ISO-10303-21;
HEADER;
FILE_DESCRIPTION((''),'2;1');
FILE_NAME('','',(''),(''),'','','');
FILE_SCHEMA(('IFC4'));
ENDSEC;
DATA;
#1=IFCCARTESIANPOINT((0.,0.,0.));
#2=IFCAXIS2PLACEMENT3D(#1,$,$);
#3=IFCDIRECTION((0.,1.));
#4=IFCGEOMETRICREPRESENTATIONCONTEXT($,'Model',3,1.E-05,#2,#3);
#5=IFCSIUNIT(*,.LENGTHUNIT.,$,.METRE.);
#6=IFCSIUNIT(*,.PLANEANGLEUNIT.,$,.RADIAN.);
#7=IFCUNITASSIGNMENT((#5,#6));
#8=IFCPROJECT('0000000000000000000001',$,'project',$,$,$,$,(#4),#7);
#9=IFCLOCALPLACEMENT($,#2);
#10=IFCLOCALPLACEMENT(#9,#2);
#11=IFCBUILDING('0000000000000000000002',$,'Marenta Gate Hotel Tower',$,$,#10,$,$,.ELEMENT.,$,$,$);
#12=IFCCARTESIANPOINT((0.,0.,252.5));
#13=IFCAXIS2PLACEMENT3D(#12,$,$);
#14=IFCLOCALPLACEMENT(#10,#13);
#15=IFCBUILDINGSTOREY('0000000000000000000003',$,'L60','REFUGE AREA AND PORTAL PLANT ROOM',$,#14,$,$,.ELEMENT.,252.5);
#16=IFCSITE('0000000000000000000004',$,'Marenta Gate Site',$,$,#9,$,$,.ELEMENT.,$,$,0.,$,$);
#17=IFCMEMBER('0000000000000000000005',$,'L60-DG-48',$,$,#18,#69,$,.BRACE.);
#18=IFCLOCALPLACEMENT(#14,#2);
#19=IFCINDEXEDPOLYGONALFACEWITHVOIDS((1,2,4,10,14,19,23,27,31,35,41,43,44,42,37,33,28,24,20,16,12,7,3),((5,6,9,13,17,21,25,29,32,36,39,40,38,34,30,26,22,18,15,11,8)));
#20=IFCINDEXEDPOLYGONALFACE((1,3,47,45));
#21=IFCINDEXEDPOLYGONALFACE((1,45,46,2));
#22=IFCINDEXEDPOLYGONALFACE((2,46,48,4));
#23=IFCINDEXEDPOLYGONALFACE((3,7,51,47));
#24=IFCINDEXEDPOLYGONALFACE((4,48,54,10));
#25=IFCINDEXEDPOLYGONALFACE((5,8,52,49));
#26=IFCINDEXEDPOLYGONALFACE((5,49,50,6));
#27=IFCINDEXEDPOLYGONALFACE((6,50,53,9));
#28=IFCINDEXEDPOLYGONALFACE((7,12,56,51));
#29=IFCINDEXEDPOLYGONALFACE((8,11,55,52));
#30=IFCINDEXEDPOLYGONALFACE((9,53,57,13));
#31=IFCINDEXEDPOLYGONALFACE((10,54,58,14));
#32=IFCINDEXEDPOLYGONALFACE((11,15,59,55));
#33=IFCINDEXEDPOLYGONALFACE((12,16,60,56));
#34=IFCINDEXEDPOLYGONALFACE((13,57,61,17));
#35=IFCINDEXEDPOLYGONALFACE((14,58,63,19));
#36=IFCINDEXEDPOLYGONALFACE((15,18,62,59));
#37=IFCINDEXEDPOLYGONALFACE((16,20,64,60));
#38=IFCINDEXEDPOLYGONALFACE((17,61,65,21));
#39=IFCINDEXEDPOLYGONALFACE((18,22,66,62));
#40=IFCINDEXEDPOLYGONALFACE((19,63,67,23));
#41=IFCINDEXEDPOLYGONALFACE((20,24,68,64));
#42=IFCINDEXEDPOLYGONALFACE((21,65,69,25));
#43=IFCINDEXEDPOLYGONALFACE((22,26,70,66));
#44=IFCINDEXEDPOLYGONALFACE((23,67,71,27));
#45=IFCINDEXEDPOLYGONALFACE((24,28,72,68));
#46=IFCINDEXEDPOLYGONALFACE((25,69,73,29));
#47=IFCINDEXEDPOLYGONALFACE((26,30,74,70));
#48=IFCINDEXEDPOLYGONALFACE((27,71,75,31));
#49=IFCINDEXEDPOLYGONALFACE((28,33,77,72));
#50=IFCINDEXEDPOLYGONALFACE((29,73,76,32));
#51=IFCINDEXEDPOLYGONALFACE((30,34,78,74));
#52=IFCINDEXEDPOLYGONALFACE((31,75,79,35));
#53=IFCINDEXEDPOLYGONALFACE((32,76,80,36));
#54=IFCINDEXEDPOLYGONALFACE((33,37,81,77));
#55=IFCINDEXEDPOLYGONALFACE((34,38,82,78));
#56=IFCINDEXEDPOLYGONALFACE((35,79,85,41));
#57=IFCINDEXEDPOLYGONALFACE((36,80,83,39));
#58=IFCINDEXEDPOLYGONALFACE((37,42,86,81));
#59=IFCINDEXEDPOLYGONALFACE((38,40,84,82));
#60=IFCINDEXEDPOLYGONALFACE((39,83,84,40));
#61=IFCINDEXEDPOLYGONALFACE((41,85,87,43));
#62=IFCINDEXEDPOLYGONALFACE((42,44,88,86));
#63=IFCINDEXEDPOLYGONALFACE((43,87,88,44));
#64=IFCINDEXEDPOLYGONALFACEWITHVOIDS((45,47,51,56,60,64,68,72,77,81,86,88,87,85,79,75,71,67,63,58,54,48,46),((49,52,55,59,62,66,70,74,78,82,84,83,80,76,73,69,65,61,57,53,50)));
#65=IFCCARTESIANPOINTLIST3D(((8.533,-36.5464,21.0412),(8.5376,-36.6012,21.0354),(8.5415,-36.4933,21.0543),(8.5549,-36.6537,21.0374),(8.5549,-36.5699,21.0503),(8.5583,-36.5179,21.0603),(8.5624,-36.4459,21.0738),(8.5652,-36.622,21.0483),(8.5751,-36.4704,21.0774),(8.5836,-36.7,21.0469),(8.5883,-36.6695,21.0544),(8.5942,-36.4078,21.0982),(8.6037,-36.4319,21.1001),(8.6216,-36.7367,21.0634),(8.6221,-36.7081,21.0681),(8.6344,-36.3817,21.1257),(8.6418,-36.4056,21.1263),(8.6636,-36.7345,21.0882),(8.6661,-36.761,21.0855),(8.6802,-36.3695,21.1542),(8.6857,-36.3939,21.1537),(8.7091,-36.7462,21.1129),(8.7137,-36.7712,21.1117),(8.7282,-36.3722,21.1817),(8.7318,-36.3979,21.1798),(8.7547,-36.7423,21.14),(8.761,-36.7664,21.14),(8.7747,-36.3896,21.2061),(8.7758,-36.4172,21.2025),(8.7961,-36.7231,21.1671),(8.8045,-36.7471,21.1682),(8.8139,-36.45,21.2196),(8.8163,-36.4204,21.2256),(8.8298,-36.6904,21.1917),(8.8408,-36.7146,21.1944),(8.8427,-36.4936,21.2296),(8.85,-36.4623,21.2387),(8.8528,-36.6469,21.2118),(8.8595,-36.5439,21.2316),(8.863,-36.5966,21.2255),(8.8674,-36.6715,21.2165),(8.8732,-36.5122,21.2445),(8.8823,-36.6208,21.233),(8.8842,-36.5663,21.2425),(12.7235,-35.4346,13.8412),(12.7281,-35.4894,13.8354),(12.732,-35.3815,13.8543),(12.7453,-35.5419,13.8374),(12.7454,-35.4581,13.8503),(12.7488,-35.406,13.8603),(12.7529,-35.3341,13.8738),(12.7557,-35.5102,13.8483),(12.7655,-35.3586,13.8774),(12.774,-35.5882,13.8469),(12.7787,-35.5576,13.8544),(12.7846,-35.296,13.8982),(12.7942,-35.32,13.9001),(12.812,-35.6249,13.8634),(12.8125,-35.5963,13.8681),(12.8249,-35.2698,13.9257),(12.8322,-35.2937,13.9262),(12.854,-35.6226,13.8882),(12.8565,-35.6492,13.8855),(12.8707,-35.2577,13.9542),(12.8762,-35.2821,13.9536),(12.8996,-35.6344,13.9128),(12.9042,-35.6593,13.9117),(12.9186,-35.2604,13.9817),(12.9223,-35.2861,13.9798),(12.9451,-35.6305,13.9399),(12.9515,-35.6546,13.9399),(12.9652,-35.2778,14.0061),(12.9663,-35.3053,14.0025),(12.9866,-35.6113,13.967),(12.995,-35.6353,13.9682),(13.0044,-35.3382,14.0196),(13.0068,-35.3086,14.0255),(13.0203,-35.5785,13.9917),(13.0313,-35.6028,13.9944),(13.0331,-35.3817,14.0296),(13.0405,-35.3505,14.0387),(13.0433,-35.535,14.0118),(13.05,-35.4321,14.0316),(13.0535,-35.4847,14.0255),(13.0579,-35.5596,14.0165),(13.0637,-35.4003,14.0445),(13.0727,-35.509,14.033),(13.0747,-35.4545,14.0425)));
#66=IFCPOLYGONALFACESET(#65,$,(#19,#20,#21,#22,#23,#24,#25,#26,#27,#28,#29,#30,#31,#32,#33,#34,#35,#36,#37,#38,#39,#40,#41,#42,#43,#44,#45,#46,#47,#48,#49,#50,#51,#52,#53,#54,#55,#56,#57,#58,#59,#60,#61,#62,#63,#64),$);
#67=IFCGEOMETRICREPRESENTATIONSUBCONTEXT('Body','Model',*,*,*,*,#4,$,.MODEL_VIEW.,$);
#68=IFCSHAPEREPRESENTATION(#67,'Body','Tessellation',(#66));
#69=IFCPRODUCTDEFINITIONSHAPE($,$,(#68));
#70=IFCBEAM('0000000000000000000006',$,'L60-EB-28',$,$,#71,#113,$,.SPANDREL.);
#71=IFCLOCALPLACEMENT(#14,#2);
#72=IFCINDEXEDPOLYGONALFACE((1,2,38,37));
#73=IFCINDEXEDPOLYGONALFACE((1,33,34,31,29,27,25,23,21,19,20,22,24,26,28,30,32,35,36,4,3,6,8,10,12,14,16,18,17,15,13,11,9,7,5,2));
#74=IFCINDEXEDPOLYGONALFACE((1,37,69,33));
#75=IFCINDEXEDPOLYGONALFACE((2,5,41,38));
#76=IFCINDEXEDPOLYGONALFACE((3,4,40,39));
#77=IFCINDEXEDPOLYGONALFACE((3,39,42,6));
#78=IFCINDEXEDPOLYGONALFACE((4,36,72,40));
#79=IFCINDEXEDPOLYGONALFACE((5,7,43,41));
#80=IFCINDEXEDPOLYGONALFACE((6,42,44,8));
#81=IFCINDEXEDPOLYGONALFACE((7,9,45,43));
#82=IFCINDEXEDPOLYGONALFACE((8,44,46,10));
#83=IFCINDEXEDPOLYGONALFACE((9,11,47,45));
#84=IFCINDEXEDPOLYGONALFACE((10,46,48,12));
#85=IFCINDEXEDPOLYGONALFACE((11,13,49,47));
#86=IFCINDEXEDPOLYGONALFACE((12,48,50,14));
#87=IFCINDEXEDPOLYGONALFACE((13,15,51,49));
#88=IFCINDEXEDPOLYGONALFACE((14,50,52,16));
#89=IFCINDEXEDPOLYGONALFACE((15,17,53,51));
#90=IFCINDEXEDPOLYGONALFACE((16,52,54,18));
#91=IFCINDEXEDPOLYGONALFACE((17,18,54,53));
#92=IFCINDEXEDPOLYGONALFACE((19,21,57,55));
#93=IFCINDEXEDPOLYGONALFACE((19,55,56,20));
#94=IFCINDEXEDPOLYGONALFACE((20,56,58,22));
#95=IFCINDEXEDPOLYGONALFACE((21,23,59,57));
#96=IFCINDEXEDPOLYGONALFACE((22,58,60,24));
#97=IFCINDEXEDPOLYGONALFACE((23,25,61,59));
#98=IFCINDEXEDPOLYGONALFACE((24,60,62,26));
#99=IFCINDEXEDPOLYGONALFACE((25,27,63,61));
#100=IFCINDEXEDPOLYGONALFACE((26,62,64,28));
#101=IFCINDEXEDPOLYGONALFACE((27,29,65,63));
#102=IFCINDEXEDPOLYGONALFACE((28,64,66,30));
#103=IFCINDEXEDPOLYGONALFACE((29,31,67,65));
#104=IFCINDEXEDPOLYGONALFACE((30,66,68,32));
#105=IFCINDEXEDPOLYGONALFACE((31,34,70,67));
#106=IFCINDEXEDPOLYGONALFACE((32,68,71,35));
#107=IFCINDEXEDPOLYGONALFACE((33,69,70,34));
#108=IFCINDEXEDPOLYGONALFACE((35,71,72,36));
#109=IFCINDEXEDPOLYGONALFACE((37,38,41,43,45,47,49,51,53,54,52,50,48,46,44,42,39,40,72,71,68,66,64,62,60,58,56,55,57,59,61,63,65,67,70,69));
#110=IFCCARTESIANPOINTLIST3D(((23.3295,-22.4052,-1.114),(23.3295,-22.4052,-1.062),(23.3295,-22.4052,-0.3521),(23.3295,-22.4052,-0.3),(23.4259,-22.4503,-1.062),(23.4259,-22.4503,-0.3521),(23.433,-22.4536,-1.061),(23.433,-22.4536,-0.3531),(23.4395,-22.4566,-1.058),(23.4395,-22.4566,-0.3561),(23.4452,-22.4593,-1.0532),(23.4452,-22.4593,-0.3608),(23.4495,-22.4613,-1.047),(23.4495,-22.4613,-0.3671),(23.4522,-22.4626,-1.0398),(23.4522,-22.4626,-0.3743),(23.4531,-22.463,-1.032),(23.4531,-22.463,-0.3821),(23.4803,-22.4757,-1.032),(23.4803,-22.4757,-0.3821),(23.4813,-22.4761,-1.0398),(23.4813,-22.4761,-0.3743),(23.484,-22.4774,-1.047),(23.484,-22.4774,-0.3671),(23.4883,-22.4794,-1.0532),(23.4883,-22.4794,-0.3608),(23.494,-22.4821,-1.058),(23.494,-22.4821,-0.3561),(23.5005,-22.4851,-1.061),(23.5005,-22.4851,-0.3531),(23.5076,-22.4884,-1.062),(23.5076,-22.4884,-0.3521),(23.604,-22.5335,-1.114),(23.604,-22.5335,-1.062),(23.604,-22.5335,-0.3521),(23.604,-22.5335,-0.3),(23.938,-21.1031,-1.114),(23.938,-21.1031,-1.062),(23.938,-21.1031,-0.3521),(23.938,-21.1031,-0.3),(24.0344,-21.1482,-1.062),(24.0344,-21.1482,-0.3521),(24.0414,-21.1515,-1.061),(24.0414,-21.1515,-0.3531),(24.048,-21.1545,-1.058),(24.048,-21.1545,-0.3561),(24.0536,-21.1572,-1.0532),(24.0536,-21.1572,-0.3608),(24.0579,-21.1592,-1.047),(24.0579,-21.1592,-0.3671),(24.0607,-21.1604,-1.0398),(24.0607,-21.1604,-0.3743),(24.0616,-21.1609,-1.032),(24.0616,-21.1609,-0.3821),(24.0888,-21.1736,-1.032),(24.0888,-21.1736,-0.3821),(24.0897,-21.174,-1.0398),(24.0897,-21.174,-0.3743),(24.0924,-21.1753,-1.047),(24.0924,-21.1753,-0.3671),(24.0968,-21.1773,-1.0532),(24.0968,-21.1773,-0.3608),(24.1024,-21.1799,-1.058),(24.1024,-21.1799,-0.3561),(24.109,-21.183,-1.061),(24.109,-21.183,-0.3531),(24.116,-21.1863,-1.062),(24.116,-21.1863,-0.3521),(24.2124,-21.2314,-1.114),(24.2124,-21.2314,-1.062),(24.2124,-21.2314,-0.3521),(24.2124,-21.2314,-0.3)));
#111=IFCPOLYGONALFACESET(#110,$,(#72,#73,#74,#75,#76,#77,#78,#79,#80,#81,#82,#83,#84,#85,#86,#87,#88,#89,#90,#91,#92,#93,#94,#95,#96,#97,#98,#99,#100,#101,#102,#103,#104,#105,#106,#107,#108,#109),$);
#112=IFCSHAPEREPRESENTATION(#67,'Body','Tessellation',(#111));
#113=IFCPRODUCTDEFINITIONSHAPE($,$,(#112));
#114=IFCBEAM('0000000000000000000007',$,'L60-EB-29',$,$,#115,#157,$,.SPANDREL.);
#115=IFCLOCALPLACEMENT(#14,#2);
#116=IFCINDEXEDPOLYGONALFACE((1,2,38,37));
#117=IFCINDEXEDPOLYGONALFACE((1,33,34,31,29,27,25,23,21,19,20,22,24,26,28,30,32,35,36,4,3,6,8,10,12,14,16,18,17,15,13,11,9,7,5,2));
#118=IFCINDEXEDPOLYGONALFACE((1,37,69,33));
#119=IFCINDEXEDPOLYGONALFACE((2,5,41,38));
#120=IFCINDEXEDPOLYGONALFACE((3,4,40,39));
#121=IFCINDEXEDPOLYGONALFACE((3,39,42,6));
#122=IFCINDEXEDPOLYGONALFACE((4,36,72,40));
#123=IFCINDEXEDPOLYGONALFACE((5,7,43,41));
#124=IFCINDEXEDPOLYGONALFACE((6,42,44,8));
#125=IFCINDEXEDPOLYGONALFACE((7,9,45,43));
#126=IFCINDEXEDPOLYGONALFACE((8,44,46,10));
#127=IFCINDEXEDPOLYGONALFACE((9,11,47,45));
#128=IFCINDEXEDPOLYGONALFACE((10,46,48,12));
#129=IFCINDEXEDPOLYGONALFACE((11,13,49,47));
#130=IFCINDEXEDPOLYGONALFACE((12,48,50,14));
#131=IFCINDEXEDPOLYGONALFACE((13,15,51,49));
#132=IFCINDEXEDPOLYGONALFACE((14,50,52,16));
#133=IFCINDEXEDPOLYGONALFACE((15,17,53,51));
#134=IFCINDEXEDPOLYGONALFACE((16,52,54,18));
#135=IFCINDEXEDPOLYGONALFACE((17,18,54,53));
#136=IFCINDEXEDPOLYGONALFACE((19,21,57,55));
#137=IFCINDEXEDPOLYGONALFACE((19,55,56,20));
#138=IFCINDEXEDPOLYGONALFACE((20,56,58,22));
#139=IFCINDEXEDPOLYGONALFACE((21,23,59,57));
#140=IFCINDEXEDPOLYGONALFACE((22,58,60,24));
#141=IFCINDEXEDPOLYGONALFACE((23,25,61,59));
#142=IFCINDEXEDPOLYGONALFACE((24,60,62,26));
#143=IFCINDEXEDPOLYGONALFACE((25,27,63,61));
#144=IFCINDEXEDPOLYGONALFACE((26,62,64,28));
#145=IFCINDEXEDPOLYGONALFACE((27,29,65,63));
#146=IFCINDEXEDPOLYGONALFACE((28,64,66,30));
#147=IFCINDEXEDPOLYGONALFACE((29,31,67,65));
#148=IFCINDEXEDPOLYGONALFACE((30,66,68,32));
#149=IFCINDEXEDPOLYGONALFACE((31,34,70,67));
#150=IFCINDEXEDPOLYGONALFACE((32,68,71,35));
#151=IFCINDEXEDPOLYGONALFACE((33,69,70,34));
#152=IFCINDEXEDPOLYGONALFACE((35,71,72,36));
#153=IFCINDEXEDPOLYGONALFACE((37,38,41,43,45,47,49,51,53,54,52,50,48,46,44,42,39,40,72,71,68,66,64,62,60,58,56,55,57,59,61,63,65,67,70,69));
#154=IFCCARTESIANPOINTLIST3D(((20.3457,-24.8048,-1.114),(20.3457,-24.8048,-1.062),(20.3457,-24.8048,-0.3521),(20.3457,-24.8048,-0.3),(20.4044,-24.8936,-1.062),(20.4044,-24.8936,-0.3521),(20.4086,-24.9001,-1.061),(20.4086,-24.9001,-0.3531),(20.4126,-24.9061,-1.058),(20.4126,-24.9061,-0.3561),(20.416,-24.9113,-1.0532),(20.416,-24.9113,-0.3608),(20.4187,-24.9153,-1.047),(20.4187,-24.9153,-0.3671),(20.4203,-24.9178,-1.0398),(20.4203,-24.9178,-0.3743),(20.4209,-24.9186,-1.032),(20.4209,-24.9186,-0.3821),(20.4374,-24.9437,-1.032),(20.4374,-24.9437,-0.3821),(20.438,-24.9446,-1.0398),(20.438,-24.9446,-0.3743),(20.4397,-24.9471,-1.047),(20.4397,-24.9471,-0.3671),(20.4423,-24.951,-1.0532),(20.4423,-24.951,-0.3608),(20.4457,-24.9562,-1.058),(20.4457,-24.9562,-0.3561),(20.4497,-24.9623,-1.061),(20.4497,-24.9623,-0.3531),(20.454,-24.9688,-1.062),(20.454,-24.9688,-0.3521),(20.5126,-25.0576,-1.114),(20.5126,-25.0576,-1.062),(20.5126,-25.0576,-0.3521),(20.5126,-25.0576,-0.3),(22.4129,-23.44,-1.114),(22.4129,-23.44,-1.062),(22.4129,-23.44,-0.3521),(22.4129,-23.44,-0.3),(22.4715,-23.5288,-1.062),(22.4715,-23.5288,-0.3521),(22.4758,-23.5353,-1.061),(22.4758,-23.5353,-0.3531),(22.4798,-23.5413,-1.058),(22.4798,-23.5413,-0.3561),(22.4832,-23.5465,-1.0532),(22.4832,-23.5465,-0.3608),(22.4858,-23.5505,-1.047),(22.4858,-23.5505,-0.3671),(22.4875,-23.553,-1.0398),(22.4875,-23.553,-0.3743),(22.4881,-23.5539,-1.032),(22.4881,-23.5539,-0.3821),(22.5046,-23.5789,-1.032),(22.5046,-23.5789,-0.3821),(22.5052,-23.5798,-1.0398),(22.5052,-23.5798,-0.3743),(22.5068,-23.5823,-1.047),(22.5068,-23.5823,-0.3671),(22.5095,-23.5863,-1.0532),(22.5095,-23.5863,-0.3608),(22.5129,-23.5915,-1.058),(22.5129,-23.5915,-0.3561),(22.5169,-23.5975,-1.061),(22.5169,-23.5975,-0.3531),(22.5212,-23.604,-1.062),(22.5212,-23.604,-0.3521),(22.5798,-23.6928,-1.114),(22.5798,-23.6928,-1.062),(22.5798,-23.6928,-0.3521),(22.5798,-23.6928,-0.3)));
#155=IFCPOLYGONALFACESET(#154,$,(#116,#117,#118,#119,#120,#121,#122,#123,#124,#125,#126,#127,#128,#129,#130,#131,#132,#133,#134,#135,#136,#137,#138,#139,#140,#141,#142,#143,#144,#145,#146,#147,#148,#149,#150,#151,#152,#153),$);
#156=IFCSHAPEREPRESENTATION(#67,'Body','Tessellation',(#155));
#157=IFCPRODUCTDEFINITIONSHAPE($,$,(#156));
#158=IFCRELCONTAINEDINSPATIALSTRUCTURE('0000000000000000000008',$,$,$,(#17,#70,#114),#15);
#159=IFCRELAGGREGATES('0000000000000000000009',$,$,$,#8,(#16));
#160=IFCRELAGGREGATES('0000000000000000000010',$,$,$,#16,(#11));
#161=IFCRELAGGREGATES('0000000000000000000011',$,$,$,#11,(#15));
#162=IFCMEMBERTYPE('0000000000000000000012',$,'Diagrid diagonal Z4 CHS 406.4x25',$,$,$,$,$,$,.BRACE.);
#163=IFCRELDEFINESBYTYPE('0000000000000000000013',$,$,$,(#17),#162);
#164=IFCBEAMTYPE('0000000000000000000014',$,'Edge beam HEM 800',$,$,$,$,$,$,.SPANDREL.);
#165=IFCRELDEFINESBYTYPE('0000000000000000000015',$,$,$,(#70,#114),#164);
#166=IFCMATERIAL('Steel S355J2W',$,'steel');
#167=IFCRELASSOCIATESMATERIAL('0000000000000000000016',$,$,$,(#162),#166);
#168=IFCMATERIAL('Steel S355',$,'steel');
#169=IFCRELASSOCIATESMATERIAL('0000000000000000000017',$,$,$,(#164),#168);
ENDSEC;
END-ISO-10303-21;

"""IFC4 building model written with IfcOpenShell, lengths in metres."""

from ifc_helpers import new_model, si_unit, direction, frame, origin, origin_2d, place, context, subcontext, project, spatial, hollow_circle, i_section, extrude, material, material_profile, profile_set, type_object, element, save


model = new_model("IFC4")

# Units and contexts
model_context = context("Model", 3, precision=1e-05, world=origin(), true_north=direction((0.0, 1.0)))
body_context = subcontext(model_context, "Body", "Model", "MODEL_VIEW")
ifc_project = project(units=[si_unit("LENGTHUNIT", "METRE"), si_unit("PLANEANGLEUNIT", "RADIAN")], contexts=[model_context])

# Site, building, storey
site_placement = place(None, origin())
site = spatial("IfcSite", under=ifc_project, at=site_placement, Name="Marenta Gate Site", CompositionType="ELEMENT", RefElevation=0.0)
building_placement = place(site_placement, origin())
building = spatial("IfcBuilding", under=site, at=building_placement, Name="Marenta Gate Hotel Tower", CompositionType="ELEMENT")
storey_placement = place(building_placement, frame((0.0, 0.0, 252.5)))
storey = spatial("IfcBuildingStorey", under=building, at=storey_placement, Name="L60", Description="REFUGE AREA AND PORTAL PLANT ROOM", CompositionType="ELEMENT", Elevation=252.5)

# Member
ifc_material_1 = material(Name="Steel S355J2W", Category="steel")
ifc_material_profile_1 = material_profile(ifc_material_1, hollow_circle(Radius=0.2031, WallThickness=0.0249, at=origin_2d()), Name="CHS 406.4x25")
ifc_profile_set_1 = profile_set([ifc_material_profile_1], Name="Steel S355J2W")
member_type_1 = type_object("IfcMemberType", Name="Diagrid diagonal Z4 CHS 406.4x25", PredefinedType="BRACE", material=ifc_profile_set_1)
member_1_placement = place(storey_placement, frame((12.8994, -35.4583, 13.9399), z_axis=(-0.498595, -0.132289, 0.856681), x_axis=(0.25645, -0.966558, 0.0)))
element("IfcMember", 1, at=member_1_placement, inside=storey, type_object=member_type_1, Name="L60-DG-48", PredefinedType="BRACE", context=body_context, shape_type="SweptSolid", body=[
    extrude(hollow_circle(Radius=0.2031, WallThickness=0.0249, at=origin_2d()), origin(), (0.0, 0.0, 1.0), 8.4045),
])

# Beams
ifc_material_2 = material(Name="Steel S355", Category="steel")
ifc_material_profile_2 = material_profile(ifc_material_2, i_section(OverallWidth=0.303, OverallDepth=0.814, WebThickness=0.03, FlangeThickness=0.052, FilletRadius=0.03, at=origin_2d()), Name="HEM 800")
ifc_profile_set_2 = profile_set([ifc_material_profile_2], Name="Steel S355")
beam_type_1 = type_object("IfcBeamType", Name="Edge beam HEM 800", PredefinedType="SPANDREL", material=ifc_profile_set_2)
beam_1_placement = place(storey_placement, frame((24.0752, -21.1672, -0.707), z_axis=(-0.423341, -0.90597, 0.0), x_axis=(0.90597, -0.423341, 0.0)))
element("IfcBeam", 2, at=beam_1_placement, inside=storey, type_object=beam_type_1, Name="L60-EB-28", PredefinedType="SPANDREL", context=body_context, shape_type="SweptSolid", body=[
    extrude(i_section(OverallWidth=0.303, OverallDepth=0.814, WebThickness=0.03, FlangeThickness=0.052, FilletRadius=0.03, at=origin_2d()), origin(), (0.0, 0.0, 1.0), 1.4373),
])
beam_2_placement = place(storey_placement, frame((22.4963, -23.5664, -0.707), z_axis=(-0.834529, -0.550964, 0.0), x_axis=(0.550964, -0.834529, 0.0)))
element("IfcBeam", 3, at=beam_2_placement, inside=storey, type_object=beam_type_1, Name="L60-EB-29", PredefinedType="SPANDREL", context=body_context, shape_type="SweptSolid", body=[
    extrude(i_section(OverallWidth=0.303, OverallDepth=0.814, WebThickness=0.03, FlangeThickness=0.052, FilletRadius=0.03, at=origin_2d()), origin(), (0.0, 0.0, 1.0), 2.4771),
])

save(model, "model.ifc")
